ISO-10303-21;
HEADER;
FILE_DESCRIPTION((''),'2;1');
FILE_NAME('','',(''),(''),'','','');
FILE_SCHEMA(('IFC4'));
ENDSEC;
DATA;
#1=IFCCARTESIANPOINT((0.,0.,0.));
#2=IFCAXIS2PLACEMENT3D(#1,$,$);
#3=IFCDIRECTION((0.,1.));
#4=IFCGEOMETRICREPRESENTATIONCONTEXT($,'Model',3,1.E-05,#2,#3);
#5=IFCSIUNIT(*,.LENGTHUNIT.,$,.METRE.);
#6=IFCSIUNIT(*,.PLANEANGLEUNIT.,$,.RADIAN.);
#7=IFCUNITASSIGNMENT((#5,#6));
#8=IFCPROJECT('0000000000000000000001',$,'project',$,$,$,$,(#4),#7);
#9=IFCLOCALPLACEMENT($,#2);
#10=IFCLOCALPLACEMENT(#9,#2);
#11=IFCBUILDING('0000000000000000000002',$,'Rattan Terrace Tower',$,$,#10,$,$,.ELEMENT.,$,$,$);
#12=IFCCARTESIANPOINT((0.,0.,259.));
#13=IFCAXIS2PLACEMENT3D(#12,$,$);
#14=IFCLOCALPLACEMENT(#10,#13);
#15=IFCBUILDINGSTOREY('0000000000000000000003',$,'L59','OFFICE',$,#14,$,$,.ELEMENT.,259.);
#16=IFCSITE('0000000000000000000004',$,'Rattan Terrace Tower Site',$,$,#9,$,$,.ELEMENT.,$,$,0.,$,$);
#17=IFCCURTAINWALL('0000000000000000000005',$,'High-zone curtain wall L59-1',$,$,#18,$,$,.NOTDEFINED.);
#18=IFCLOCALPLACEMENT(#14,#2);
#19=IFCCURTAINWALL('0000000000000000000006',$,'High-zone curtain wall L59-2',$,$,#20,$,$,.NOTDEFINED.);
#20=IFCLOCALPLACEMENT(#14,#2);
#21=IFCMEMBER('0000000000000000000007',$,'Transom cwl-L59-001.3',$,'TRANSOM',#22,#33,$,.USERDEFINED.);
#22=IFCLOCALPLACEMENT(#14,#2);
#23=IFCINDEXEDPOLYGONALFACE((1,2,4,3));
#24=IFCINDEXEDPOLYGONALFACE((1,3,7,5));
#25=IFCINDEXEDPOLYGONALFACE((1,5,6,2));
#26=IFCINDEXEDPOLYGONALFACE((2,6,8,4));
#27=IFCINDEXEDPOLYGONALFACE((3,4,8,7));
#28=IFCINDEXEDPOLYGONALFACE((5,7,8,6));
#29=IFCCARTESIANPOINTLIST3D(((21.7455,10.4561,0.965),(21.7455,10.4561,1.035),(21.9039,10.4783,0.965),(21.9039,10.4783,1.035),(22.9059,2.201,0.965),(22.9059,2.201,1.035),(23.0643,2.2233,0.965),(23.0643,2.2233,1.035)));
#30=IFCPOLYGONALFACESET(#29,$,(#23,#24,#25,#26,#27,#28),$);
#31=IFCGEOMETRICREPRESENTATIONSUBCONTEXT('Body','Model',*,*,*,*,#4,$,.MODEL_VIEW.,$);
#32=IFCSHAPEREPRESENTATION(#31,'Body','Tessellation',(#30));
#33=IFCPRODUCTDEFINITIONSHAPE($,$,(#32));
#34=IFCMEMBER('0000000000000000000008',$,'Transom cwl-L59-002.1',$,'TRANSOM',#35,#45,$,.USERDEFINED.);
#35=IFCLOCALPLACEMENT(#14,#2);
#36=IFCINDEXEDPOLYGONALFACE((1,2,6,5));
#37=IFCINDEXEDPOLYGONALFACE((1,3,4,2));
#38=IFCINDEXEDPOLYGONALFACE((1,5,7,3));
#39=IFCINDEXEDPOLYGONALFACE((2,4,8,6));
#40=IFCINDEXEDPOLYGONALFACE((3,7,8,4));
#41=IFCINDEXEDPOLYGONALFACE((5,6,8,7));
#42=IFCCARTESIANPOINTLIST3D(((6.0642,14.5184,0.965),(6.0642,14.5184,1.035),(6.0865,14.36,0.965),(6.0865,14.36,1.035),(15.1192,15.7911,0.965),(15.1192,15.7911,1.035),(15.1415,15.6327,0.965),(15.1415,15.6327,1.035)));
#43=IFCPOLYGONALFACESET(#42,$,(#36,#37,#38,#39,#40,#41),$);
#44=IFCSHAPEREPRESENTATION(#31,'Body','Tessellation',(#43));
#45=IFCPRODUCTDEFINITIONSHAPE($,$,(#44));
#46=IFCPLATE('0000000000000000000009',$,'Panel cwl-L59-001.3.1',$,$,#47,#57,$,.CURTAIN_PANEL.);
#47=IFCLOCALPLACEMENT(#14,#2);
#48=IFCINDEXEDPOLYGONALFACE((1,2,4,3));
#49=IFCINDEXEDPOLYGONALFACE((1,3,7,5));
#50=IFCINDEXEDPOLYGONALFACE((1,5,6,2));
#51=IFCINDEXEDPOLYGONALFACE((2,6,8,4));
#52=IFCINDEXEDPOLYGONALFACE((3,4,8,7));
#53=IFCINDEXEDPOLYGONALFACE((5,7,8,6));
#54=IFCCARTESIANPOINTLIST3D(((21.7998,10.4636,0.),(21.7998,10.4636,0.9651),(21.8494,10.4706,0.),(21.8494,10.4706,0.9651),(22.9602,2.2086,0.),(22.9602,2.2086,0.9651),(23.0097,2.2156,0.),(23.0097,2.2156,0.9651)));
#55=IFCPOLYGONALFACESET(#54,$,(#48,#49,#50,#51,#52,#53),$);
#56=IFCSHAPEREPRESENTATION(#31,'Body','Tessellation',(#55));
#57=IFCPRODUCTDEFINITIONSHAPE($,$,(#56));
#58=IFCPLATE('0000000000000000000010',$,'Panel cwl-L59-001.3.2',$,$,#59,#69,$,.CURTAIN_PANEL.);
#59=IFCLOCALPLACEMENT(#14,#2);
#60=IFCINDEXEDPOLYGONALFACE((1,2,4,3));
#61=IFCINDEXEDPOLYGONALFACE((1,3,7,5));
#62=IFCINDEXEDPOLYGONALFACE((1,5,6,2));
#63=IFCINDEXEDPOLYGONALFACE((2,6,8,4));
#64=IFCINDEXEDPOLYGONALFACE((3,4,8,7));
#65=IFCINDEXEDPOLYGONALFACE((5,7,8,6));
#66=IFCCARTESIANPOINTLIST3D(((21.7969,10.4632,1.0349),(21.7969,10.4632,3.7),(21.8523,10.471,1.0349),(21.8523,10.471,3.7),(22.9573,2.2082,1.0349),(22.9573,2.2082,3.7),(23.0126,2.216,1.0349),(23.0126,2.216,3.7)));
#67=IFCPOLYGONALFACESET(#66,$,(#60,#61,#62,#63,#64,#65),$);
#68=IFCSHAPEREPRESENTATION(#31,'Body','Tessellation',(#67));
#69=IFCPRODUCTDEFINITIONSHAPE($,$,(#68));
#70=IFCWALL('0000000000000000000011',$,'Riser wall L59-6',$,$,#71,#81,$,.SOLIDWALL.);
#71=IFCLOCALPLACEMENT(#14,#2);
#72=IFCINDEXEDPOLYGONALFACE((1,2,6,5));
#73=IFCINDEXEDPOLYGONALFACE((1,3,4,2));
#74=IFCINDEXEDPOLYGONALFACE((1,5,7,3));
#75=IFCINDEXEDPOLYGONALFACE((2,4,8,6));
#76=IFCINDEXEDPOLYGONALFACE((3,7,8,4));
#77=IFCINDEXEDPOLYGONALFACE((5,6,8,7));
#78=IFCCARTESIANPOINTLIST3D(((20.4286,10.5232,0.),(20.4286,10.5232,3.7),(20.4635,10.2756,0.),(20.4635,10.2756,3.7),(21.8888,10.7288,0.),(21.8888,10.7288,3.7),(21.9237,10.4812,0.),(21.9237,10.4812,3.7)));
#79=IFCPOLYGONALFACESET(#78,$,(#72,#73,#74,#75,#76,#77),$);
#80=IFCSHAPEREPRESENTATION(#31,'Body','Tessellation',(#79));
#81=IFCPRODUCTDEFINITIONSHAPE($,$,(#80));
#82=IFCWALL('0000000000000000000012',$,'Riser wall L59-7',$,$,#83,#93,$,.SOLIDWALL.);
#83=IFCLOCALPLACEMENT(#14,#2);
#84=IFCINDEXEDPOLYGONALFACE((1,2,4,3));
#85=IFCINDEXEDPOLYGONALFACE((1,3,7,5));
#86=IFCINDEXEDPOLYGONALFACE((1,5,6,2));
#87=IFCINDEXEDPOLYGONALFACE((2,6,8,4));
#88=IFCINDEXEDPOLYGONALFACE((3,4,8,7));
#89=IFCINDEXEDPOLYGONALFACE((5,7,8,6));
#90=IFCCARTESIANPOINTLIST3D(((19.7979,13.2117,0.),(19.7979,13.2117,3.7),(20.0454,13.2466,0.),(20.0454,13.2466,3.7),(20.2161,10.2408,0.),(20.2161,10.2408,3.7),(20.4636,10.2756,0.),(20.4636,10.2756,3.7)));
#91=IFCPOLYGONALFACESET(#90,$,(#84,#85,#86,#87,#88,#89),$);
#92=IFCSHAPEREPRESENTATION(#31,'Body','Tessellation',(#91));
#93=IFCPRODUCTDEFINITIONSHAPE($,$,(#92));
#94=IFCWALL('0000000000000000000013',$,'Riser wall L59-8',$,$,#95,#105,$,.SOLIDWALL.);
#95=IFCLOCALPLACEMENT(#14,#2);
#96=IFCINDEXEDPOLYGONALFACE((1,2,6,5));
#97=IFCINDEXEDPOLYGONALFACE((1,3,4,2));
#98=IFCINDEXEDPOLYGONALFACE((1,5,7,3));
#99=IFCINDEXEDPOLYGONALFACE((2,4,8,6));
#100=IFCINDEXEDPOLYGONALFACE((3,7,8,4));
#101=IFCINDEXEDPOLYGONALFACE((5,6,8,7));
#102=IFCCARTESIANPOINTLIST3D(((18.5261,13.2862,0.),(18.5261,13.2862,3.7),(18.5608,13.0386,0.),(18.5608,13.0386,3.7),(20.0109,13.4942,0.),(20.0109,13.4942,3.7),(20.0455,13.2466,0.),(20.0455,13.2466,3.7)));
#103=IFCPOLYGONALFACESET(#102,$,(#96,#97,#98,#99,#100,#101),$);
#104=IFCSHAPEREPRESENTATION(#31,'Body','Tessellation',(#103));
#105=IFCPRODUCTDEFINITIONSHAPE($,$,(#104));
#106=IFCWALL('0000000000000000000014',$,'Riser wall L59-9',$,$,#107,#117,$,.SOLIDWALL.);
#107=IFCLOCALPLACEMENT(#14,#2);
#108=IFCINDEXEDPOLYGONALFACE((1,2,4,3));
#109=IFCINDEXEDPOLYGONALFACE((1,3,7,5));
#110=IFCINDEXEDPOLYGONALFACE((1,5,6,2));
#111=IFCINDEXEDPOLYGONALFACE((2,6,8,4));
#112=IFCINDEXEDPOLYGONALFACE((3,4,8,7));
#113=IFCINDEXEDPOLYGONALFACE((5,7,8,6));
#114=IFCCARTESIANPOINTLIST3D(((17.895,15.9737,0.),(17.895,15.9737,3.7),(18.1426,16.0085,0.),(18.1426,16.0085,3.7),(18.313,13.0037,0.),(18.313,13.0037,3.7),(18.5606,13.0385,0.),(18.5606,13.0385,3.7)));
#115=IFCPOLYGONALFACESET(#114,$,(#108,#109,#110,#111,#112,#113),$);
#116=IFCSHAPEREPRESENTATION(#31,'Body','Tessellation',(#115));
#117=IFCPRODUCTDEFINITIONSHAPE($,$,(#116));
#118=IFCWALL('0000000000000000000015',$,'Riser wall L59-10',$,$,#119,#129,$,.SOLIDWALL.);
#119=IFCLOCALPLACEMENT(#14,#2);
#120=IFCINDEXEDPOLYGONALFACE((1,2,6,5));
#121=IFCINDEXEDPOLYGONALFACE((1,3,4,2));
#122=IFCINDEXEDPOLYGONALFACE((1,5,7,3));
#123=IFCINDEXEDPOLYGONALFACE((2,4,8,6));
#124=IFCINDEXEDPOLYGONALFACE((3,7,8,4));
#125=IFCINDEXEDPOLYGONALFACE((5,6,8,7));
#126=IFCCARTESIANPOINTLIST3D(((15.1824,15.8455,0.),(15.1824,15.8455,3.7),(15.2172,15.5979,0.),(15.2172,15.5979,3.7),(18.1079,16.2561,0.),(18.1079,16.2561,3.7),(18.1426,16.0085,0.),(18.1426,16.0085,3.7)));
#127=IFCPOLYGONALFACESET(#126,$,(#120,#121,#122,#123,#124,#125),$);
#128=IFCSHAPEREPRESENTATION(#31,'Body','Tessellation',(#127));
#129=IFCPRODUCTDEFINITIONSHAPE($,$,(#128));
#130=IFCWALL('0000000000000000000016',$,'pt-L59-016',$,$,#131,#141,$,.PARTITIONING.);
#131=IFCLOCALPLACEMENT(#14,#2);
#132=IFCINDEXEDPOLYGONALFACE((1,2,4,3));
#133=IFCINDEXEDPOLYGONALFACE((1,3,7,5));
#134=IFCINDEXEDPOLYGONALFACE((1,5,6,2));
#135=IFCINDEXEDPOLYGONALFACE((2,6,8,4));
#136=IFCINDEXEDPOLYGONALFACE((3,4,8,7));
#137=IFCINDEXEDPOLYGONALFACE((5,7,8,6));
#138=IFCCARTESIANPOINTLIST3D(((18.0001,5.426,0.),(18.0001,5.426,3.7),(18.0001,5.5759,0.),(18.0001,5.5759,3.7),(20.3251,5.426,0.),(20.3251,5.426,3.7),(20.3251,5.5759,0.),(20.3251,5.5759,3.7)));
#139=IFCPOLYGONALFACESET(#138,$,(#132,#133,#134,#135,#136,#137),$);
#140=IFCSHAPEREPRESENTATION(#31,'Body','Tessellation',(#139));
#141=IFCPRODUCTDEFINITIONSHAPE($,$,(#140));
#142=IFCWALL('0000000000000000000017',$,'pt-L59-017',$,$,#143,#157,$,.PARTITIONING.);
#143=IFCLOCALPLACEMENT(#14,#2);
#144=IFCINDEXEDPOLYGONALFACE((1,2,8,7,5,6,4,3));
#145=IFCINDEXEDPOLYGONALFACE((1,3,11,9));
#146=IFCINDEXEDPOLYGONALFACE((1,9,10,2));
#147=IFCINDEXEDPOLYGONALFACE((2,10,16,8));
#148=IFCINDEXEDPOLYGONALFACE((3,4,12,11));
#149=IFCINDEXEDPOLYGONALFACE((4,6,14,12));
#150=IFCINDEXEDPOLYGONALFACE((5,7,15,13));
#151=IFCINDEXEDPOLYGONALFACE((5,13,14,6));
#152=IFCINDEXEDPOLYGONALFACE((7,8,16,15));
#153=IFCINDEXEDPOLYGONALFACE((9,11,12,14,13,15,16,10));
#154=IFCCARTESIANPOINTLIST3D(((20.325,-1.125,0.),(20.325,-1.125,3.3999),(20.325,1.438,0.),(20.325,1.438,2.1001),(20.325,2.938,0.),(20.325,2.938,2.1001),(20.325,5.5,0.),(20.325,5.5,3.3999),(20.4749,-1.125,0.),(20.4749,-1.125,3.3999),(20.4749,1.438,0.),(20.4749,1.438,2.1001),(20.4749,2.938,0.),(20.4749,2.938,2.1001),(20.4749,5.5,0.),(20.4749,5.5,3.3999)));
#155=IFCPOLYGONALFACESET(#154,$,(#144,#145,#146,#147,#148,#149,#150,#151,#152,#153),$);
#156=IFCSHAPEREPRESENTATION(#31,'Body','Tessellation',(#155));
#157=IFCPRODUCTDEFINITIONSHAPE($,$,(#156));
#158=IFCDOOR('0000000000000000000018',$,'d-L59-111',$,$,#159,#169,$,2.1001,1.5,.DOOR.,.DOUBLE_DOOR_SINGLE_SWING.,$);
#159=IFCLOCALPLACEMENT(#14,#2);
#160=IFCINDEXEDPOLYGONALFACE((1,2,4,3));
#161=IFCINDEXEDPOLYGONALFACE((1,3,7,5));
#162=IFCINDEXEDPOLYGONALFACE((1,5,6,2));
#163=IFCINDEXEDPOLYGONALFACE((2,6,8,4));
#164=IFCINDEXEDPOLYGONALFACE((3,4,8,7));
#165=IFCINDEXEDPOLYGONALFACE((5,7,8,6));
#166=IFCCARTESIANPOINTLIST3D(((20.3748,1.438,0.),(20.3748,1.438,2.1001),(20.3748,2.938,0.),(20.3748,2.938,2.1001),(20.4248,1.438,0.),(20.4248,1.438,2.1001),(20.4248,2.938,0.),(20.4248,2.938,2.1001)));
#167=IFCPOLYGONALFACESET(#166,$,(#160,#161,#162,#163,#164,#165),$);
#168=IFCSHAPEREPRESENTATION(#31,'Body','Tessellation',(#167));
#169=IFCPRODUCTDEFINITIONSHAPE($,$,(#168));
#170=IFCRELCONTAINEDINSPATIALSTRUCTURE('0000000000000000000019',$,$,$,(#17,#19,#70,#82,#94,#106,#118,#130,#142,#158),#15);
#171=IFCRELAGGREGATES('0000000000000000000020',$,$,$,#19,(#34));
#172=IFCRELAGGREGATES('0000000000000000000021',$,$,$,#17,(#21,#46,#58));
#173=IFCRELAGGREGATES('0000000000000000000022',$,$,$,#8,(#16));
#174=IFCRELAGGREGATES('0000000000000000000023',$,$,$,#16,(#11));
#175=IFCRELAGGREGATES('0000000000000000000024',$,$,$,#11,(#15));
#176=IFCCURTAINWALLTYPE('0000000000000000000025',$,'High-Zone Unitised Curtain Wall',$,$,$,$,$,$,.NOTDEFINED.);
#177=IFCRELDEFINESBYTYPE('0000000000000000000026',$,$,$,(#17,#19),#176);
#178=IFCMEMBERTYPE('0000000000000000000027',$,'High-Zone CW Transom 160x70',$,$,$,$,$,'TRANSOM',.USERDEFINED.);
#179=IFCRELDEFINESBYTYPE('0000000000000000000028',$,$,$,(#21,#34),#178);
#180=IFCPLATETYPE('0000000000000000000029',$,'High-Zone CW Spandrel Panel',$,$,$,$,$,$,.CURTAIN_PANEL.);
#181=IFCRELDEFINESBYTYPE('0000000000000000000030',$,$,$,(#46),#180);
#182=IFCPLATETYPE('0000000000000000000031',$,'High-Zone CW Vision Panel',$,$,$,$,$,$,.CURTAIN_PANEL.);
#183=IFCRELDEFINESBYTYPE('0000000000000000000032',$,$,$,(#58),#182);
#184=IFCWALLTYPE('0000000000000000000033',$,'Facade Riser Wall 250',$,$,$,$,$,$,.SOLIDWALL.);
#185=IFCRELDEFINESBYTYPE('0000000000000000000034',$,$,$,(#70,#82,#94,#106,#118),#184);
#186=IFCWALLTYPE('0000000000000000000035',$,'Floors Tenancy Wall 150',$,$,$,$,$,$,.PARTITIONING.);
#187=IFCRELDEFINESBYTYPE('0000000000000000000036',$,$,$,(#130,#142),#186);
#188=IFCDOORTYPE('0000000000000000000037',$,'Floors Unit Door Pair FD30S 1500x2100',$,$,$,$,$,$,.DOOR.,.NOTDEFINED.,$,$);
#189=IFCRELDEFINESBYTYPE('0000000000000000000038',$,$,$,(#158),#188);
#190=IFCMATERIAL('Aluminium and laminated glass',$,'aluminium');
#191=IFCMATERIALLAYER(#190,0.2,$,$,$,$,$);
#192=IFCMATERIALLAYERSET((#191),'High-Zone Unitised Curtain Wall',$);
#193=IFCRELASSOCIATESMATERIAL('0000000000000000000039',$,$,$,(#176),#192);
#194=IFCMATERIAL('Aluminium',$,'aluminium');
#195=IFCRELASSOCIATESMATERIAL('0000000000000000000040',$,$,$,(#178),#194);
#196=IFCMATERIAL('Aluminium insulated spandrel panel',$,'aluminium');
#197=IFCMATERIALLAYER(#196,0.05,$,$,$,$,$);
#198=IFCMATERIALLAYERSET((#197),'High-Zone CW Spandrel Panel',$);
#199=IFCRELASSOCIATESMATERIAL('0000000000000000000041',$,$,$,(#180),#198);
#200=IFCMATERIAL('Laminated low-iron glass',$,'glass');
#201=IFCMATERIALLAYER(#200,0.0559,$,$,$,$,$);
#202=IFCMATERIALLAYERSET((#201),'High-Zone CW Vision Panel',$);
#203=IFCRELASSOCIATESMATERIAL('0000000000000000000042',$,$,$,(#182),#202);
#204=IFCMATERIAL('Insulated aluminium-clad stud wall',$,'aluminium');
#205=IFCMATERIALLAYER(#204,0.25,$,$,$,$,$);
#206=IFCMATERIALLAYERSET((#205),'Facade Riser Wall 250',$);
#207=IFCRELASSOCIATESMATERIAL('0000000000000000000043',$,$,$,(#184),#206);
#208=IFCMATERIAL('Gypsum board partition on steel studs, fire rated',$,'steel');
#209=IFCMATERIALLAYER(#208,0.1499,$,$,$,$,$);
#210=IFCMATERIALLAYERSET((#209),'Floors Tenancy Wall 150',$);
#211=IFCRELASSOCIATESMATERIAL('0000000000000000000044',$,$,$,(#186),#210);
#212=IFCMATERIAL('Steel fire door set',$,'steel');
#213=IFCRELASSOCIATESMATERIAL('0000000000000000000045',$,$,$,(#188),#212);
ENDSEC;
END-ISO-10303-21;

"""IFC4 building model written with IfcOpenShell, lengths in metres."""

from ifc_helpers import new_model, si_unit, direction, frame, frame_2d, origin, origin_2d, place, context, subcontext, project, spatial, rectangle, extrude, material, layer, layer_set, material_profile, profile_set, type_object, element, fill, aggregate, save


model = new_model("IFC4")

# Units and contexts
model_context = context("Model", 3, precision=1e-05, world=origin(), true_north=direction((0.0, 1.0)))
body_context = subcontext(model_context, "Body", "Model", "MODEL_VIEW")
ifc_project = project(units=[si_unit("LENGTHUNIT", "METRE"), si_unit("PLANEANGLEUNIT", "RADIAN")], contexts=[model_context])

# Site, building, storey
site_placement = place(None, origin())
site = spatial("IfcSite", under=ifc_project, at=site_placement, Name="Rattan Terrace Tower Site", CompositionType="ELEMENT", RefElevation=0.0)
building_placement = place(site_placement, origin())
building = spatial("IfcBuilding", under=site, at=building_placement, Name="Rattan Terrace Tower", CompositionType="ELEMENT")
storey_placement = place(building_placement, frame((0.0, 0.0, 259.0)))
storey = spatial("IfcBuildingStorey", under=building, at=storey_placement, Name="L59", Description="OFFICE", CompositionType="ELEMENT", Elevation=259.0)

# Curtain walls
ifc_material_1 = material(Name="Aluminium and laminated glass", Category="aluminium")
ifc_layer_1 = layer(ifc_material_1, 0.2)
ifc_layer_set_1 = layer_set([ifc_layer_1], Name="High-Zone Unitised Curtain Wall")
curtain_wall_type = type_object("IfcCurtainWallType", Name="High-Zone Unitised Curtain Wall", PredefinedType="NOTDEFINED", material=ifc_layer_set_1)
curtain_wall_1_placement = place(storey_placement, origin())
curtain_wall_1 = element("IfcCurtainWall", 1, at=curtain_wall_1_placement, inside=storey, type_object=curtain_wall_type, Name="High-zone curtain wall L59-1", PredefinedType="NOTDEFINED")
curtain_wall_2_placement = place(storey_placement, origin())
curtain_wall_2 = element("IfcCurtainWall", 2, at=curtain_wall_2_placement, inside=storey, type_object=curtain_wall_type, Name="High-zone curtain wall L59-2", PredefinedType="NOTDEFINED")

# Members
ifc_material_2 = material(Name="Aluminium", Category="aluminium")
ifc_material_profile_1 = material_profile(ifc_material_2, rectangle(XDim=0.1599, YDim=0.0701, at=origin_2d()), Name="Aluminium 160x70")
ifc_profile_set_1 = profile_set([ifc_material_profile_1], Name="Aluminium")
member_type_1 = type_object("IfcMemberType", Name="High-Zone CW Transom 160x70", ElementType="TRANSOM", PredefinedType="USERDEFINED", material=ifc_profile_set_1)
member_1_placement = place(storey_placement, frame((22.9851, 2.2122, 1.0), z_axis=(-0.139199, 0.990264, 0.0), x_axis=(-0.990264, -0.139199, 0.0)))
member_1 = element("IfcMember", 3, at=member_1_placement, type_object=member_type_1, Name="Transom cwl-L59-001.3", ObjectType="TRANSOM", PredefinedType="USERDEFINED", context=body_context, shape_type="SweptSolid", body=[
    extrude(rectangle(XDim=0.1599, YDim=0.0701, at=origin_2d()), origin(), (0.0, 0.0, 1.0), 8.3362),
])
member_2_placement = place(storey_placement, frame((15.1304, 15.7119, 1.0), z_axis=(-0.990266, -0.139186, 0.0), x_axis=(0.139186, -0.990266, 0.0)))
member_2 = element("IfcMember", 4, at=member_2_placement, type_object=member_type_1, Name="Transom cwl-L59-002.1", ObjectType="TRANSOM", PredefinedType="USERDEFINED", context=body_context, shape_type="SweptSolid", body=[
    extrude(rectangle(XDim=0.1599, YDim=0.0701, at=origin_2d()), origin(), (0.0, 0.0, 1.0), 9.144),
])
aggregate(curtain_wall_2, [member_2])

# Plates
ifc_material_3 = material(Name="Aluminium insulated spandrel panel", Category="aluminium")
ifc_layer_2 = layer(ifc_material_3, 0.05)
ifc_layer_set_2 = layer_set([ifc_layer_2], Name="High-Zone CW Spandrel Panel")
plate_type_1 = type_object("IfcPlateType", Name="High-Zone CW Spandrel Panel", PredefinedType="CURTAIN_PANEL", material=ifc_layer_set_2)
plate_1_placement = place(storey_placement, frame((22.4048, 6.3396, 0.0), z_axis=(0.0, 0.0, 1.0), x_axis=(-0.139192, 0.990265, 0.0)))
plate_1 = element("IfcPlate", 5, at=plate_1_placement, type_object=plate_type_1, Name="Panel cwl-L59-001.3.1", PredefinedType="CURTAIN_PANEL", context=body_context, shape_type="SweptSolid", body=[
    extrude(rectangle(XDim=8.3362, YDim=0.05, at=origin_2d()), origin(), (0.0, 0.0, 1.0), 0.9651),
])
ifc_material_4 = material(Name="Laminated low-iron glass", Category="glass")
ifc_layer_3 = layer(ifc_material_4, 0.0559)
ifc_layer_set_3 = layer_set([ifc_layer_3], Name="High-Zone CW Vision Panel")
plate_type_2 = type_object("IfcPlateType", Name="High-Zone CW Vision Panel", PredefinedType="CURTAIN_PANEL", material=ifc_layer_set_3)
plate_2_placement = place(storey_placement, frame((22.4048, 6.3396, 1.0349), z_axis=(0.0, 0.0, 1.0), x_axis=(-0.139192, 0.990265, 0.0)))
plate_2 = element("IfcPlate", 6, at=plate_2_placement, type_object=plate_type_2, Name="Panel cwl-L59-001.3.2", PredefinedType="CURTAIN_PANEL", context=body_context, shape_type="SweptSolid", body=[
    extrude(rectangle(XDim=8.3362, YDim=0.0559, at=origin_2d()), origin(), (0.0, 0.0, 1.0), 2.665),
])
aggregate(curtain_wall_1, [member_1, plate_1, plate_2])

# Walls
ifc_material_5 = material(Name="Insulated aluminium-clad stud wall", Category="aluminium")
ifc_layer_4 = layer(ifc_material_5, 0.25)
ifc_layer_set_4 = layer_set([ifc_layer_4], Name="Facade Riser Wall 250")
wall_type_1 = type_object("IfcWallType", Name="Facade Riser Wall 250", PredefinedType="SOLIDWALL", material=ifc_layer_set_4)
wall_1_placement = place(storey_placement, frame((21.9062, 10.605, 0.0), z_axis=(0.0, 0.0, 1.0), x_axis=(-0.990236, -0.139404, 0.0)))
element("IfcWall", 7, at=wall_1_placement, inside=storey, type_object=wall_type_1, Name="Riser wall L59-6", PredefinedType="SOLIDWALL", context=body_context, shape_type="SweptSolid", body=[
    extrude(rectangle(XDim=1.4746, YDim=0.25, at=frame_2d((0.7373, 0.0))), origin(), (0.0, 0.0, 1.0), 3.7),
])
wall_2_placement = place(storey_placement, frame((20.3398, 10.2583, 0.0), z_axis=(0.0, 0.0, 1.0), x_axis=(-0.139393, 0.990237, 0.0)))
element("IfcWall", 8, at=wall_2_placement, inside=storey, type_object=wall_type_1, Name="Riser wall L59-7", PredefinedType="SOLIDWALL", context=body_context, shape_type="SweptSolid", body=[
    extrude(rectangle(XDim=3.0002, YDim=0.25, at=frame_2d((1.5, 0.0))), origin(), (0.0, 0.0, 1.0), 3.7),
])
wall_3_placement = place(storey_placement, frame((20.0281, 13.3704, 0.0), z_axis=(0.0, 0.0, 1.0), x_axis=(-0.99033, -0.138731, 0.0)))
element("IfcWall", 9, at=wall_3_placement, inside=storey, type_object=wall_type_1, Name="Riser wall L59-8", PredefinedType="SOLIDWALL", context=body_context, shape_type="SweptSolid", body=[
    extrude(rectangle(XDim=1.4993, YDim=0.25, at=frame_2d((0.7495, 0.0))), origin(), (0.0, 0.0, 1.0), 3.7),
])
wall_4_placement = place(storey_placement, frame((18.4368, 13.0212, 0.0), z_axis=(0.0, 0.0, 1.0), x_axis=(-0.139358, 0.990242, 0.0)))
element("IfcWall", 10, at=wall_4_placement, inside=storey, type_object=wall_type_1, Name="Riser wall L59-9", PredefinedType="SOLIDWALL", context=body_context, shape_type="SweptSolid", body=[
    extrude(rectangle(XDim=2.9993, YDim=0.25, at=frame_2d((1.4995, 0.0))), origin(), (0.0, 0.0, 1.0), 3.7),
])
wall_5_placement = place(storey_placement, frame((18.1252, 16.1323, 0.0), z_axis=(0.0, 0.0, 1.0), x_axis=(-0.990292, -0.139003, 0.0)))
element("IfcWall", 11, at=wall_5_placement, inside=storey, type_object=wall_type_1, Name="Riser wall L59-10", PredefinedType="SOLIDWALL", context=body_context, shape_type="SweptSolid", body=[
    extrude(rectangle(XDim=2.9541, YDim=0.25, at=frame_2d((1.4771, 0.0))), origin(), (0.0, 0.0, 1.0), 3.7),
])
ifc_material_6 = material(Name="Gypsum board partition on steel studs, fire rated", Category="steel")
ifc_layer_5 = layer(ifc_material_6, 0.1499)
ifc_layer_set_5 = layer_set([ifc_layer_5], Name="Floors Tenancy Wall 150")
wall_type_2 = type_object("IfcWallType", Name="Floors Tenancy Wall 150", PredefinedType="PARTITIONING", material=ifc_layer_set_5)
wall_6_placement = place(storey_placement, frame((18.0, 5.501, 0.0), z_axis=(0.0, 0.0, 1.0), x_axis=(1.0, 0.0, 0.0)))
element("IfcWall", 12, at=wall_6_placement, inside=storey, type_object=wall_type_2, Name="pt-L59-016", PredefinedType="PARTITIONING", context=body_context, shape_type="SweptSolid", body=[
    extrude(rectangle(XDim=2.325, YDim=0.1499, at=frame_2d((1.1626, 0.0))), origin(), (0.0, 0.0, 1.0), 3.7),
])

# Wall, opening, door
wall_7_placement = place(storey_placement, frame((20.3999, 5.5, 0.0), z_axis=(0.0, 0.0, 1.0), x_axis=(0.0, -1.0, 0.0)))
wall_7 = element("IfcWall", 13, at=wall_7_placement, inside=storey, type_object=wall_type_2, Name="pt-L59-017", PredefinedType="PARTITIONING", context=body_context, shape_type="SweptSolid", body=[
    extrude(rectangle(XDim=6.625, YDim=0.1499, at=frame_2d((3.3125, 0.0))), origin(), (0.0, 0.0, 1.0), 3.3999),
])
opening_placement = place(wall_7_placement, frame((2.562, 0.0, 0.0)))
opening = element("IfcOpeningElement", 14, at=opening_placement, cuts=wall_7, PredefinedType="OPENING", context=body_context, shape_type="SweptSolid", body=[
    extrude(rectangle(XDim=1.5, YDim=2.1001, at=frame_2d((0.75, 1.05))), frame((0.0, 0.0854, 0.0), z_axis=(0.0, -1.0, 0.0), x_axis=(1.0, 0.0, 0.0)), (0.0, 0.0, 1.0), 0.1709),
])
ifc_material_7 = material(Name="Steel fire door set", Category="steel")
door_type = type_object("IfcDoorType", Name="Floors Unit Door Pair FD30S 1500x2100", OperationType="NOTDEFINED", PredefinedType="DOOR", material=ifc_material_7)
door_placement = place(opening_placement, origin())
door = element("IfcDoor", 15, at=door_placement, inside=storey, type_object=door_type, Name="d-L59-111", OperationType="DOUBLE_DOOR_SINGLE_SWING", OverallHeight=2.1001, OverallWidth=1.5, PredefinedType="DOOR", context=body_context, shape_type="SweptSolid", body=[
    extrude(rectangle(XDim=1.5, YDim=2.1001, at=frame_2d((0.75, 1.05))), frame((0.0, 0.0249, 0.0), z_axis=(0.0, -1.0, 0.0), x_axis=(1.0, 0.0, 0.0)), (0.0, 0.0, 1.0), 0.05),
])
fill(opening, door)

save(model, "model.ifc")
